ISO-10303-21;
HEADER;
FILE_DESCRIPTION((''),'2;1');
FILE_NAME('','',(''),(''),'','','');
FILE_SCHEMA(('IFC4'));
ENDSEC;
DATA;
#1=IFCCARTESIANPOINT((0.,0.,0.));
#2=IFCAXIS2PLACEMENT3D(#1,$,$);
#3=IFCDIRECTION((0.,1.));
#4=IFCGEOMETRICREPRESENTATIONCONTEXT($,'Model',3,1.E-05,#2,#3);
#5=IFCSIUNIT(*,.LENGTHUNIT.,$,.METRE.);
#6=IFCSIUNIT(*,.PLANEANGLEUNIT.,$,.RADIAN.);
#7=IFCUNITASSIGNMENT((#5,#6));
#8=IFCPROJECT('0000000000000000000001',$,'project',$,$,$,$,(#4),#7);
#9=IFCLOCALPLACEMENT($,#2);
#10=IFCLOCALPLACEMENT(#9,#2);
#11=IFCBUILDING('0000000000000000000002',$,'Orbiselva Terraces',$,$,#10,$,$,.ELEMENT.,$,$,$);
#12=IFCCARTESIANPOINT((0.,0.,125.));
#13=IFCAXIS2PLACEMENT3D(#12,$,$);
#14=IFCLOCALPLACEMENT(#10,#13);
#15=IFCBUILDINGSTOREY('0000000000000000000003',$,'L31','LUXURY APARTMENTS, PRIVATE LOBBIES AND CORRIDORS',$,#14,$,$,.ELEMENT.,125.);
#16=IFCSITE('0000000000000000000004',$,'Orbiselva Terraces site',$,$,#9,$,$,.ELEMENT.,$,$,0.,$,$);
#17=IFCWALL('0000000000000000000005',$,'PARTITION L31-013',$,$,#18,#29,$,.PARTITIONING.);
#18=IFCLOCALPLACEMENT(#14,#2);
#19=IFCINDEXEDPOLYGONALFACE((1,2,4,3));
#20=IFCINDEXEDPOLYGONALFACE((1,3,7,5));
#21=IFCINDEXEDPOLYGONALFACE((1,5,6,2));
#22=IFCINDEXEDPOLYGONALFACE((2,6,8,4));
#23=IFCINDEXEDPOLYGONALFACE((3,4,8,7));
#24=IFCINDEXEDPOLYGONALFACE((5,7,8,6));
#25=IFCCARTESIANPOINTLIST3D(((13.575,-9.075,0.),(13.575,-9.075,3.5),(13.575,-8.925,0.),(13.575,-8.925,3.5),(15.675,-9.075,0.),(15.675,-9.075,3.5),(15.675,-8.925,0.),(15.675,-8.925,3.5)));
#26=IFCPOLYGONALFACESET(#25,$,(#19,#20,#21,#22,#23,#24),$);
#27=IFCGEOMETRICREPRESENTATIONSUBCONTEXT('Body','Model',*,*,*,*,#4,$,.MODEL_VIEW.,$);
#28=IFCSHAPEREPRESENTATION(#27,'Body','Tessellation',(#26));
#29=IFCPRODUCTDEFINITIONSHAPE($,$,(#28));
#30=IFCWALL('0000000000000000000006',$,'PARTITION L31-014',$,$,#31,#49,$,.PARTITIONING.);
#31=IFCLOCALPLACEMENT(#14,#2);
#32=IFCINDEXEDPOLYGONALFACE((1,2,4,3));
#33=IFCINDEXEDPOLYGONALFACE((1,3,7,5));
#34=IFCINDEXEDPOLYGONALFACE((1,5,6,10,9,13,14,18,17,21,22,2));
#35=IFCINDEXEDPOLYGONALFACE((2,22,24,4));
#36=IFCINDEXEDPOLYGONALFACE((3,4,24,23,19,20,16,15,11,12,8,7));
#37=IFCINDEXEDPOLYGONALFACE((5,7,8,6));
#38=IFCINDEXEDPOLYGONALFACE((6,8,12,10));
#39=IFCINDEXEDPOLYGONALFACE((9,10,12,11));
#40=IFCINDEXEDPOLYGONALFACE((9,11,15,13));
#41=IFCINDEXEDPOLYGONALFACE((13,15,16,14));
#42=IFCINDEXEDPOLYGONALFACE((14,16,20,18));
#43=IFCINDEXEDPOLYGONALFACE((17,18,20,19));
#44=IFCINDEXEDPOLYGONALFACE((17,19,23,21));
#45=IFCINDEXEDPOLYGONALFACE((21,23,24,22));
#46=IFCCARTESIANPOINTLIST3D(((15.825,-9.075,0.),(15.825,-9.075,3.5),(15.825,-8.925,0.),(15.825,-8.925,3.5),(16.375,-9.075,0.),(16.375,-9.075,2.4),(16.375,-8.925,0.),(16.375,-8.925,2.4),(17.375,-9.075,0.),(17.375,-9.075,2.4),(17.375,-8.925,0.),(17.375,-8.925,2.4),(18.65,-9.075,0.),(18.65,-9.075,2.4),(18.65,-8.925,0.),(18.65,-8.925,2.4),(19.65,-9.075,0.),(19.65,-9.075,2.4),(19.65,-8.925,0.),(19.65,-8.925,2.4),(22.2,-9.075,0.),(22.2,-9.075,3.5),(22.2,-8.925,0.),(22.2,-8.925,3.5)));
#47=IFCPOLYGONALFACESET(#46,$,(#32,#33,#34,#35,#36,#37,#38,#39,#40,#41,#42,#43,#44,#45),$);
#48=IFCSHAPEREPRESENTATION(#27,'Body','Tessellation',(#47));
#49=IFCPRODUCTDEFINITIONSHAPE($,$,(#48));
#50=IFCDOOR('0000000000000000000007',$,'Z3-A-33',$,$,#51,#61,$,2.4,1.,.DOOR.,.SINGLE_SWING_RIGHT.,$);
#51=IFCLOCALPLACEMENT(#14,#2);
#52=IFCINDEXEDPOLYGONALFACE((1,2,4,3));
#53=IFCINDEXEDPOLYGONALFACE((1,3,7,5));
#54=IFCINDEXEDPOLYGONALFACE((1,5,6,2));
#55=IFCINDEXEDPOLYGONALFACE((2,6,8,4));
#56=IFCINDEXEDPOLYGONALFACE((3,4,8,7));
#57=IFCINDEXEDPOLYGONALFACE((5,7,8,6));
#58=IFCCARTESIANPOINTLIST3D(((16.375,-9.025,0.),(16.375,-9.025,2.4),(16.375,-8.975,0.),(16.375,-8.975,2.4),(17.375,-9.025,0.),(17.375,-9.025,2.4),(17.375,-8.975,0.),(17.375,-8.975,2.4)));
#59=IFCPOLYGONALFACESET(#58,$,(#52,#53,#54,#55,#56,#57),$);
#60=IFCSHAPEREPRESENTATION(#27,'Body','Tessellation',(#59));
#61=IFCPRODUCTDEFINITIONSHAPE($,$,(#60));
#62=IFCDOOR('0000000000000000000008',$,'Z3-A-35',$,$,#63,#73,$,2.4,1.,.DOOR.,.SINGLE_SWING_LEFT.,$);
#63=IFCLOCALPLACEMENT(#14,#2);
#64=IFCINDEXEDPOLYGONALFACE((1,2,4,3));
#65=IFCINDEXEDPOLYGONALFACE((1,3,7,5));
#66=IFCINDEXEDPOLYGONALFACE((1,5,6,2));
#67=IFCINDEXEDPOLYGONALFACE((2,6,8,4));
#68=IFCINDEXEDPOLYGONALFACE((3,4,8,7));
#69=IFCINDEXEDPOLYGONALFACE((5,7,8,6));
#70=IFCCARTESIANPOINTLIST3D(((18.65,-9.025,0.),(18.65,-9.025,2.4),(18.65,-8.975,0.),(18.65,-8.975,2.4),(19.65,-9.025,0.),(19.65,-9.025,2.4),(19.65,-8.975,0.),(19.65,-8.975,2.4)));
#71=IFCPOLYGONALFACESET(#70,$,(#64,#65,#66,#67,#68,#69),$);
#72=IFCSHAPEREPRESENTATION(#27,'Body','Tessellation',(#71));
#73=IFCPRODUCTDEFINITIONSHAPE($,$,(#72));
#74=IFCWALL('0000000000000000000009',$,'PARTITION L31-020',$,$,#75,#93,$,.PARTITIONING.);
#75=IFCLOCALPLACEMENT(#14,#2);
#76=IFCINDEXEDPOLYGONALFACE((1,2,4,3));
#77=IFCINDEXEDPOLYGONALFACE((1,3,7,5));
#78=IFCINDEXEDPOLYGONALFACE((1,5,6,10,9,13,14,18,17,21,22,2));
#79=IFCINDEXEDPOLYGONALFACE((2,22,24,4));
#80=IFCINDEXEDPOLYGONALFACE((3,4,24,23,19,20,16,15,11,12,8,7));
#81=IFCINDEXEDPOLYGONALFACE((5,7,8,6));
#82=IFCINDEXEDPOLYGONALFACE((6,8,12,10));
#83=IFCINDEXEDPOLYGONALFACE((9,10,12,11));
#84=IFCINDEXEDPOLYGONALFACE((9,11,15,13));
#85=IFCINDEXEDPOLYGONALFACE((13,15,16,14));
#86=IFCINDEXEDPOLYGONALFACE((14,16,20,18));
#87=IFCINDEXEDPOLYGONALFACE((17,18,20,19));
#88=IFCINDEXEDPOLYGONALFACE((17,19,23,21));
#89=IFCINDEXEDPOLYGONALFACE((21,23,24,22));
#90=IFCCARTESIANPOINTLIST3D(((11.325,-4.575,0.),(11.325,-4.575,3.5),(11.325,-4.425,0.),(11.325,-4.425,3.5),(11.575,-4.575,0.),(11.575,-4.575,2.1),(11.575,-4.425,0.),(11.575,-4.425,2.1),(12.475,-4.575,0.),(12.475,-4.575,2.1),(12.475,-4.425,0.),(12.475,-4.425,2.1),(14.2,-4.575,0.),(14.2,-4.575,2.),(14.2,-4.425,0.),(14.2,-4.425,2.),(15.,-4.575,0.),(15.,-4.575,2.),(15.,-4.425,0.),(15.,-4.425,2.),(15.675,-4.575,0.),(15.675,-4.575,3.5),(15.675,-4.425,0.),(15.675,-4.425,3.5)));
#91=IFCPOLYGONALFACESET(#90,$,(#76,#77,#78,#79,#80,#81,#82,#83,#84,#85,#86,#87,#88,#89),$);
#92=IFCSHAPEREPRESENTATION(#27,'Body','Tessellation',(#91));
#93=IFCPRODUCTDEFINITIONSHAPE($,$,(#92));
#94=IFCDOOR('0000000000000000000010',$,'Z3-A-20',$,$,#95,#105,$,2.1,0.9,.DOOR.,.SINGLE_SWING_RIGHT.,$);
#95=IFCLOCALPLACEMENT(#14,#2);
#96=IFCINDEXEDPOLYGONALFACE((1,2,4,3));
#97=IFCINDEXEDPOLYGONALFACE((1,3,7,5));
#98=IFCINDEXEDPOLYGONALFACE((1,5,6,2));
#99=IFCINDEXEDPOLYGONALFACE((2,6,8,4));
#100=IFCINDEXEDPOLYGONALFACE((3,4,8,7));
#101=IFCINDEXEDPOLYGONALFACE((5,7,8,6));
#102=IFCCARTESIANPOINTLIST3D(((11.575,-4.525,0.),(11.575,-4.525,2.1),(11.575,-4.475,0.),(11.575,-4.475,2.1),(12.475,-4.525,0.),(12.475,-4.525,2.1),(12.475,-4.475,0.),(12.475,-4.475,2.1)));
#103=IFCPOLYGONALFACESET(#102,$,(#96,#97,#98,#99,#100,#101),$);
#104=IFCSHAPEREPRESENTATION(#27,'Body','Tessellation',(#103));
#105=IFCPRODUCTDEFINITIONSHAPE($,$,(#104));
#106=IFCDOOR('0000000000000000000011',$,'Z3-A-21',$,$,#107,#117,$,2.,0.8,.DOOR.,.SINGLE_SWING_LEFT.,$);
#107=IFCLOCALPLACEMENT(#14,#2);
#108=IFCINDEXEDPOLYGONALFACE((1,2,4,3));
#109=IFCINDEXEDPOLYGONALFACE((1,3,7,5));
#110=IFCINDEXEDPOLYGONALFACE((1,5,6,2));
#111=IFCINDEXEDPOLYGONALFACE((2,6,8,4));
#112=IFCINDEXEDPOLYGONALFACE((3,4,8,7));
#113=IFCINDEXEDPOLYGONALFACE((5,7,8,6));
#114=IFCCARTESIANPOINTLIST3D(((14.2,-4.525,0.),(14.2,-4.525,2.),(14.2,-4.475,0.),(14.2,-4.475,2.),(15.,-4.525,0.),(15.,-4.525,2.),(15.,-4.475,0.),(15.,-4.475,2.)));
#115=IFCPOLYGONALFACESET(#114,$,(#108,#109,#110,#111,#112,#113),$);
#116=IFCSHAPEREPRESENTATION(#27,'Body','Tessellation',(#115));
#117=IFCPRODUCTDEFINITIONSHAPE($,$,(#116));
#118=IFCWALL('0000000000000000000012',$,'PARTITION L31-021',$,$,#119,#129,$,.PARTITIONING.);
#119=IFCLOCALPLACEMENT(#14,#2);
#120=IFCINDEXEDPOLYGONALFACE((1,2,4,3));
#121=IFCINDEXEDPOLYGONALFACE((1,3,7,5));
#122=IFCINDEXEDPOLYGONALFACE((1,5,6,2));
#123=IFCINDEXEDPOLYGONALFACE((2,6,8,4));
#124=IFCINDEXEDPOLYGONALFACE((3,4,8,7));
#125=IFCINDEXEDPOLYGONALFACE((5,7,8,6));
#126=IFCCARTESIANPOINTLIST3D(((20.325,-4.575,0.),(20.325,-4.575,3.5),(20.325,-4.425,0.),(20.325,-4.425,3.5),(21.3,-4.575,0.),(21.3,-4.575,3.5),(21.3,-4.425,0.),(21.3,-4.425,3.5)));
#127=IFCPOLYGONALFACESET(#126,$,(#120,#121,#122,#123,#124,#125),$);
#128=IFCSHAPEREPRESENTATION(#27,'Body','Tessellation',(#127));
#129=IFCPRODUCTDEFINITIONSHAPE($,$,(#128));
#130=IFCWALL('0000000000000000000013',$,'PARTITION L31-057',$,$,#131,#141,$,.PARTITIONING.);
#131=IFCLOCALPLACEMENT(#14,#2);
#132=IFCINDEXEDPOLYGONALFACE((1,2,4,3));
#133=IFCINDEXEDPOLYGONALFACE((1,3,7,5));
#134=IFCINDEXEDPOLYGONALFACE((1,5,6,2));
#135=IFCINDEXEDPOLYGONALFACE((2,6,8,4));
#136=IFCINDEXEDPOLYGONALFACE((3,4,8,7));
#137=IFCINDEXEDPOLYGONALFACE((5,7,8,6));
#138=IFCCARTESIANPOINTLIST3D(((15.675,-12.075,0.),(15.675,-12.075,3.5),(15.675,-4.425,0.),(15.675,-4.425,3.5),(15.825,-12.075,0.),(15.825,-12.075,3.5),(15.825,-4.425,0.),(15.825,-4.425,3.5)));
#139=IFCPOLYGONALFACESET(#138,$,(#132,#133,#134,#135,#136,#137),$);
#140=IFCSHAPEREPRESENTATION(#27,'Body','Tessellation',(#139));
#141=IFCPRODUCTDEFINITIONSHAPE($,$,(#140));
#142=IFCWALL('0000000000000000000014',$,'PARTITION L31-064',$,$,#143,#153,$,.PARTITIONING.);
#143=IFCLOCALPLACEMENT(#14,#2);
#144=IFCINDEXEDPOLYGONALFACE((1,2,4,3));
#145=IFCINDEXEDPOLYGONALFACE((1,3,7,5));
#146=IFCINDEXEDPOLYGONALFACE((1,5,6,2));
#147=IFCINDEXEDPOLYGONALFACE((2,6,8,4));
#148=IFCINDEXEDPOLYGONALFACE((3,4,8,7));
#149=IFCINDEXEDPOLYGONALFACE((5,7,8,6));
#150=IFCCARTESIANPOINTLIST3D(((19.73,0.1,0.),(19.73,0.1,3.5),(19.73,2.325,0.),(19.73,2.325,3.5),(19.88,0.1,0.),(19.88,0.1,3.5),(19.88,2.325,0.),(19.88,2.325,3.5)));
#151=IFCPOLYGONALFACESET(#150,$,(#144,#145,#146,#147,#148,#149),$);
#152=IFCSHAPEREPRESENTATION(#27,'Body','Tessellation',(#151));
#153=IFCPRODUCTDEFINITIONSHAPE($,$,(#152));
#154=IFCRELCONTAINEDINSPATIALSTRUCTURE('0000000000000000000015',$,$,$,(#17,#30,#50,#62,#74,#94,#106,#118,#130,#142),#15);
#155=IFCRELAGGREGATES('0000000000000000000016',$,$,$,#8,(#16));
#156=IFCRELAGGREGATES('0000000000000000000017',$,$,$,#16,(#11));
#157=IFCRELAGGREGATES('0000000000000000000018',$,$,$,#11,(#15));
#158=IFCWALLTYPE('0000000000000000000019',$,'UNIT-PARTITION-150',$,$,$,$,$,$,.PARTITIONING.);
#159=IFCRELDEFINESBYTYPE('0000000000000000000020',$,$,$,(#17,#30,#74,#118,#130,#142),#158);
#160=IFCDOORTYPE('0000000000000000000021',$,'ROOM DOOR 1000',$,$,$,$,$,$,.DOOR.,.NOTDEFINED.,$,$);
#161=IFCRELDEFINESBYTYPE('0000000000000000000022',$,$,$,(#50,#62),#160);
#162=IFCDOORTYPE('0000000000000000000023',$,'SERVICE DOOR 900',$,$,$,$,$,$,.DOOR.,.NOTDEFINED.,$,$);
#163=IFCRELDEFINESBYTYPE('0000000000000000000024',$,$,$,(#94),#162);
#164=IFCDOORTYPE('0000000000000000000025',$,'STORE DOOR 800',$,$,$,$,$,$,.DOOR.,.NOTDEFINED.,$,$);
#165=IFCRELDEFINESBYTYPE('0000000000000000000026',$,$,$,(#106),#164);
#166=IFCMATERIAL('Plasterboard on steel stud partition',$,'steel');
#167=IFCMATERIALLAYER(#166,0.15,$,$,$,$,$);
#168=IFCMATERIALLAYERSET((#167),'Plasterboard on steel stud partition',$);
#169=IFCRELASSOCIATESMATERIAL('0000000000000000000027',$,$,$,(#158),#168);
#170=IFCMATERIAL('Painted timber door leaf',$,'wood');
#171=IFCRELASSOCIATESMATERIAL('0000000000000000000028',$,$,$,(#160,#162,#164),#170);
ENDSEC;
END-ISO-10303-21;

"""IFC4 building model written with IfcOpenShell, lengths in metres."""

from ifc_helpers import new_model, si_unit, direction, frame, frame_2d, origin, place, context, subcontext, project, spatial, rectangle, extrude, material, layer, layer_set, type_object, element, fill, save


model = new_model("IFC4")

# Units and contexts
model_context = context("Model", 3, precision=1e-05, world=origin(), true_north=direction((0.0, 1.0)))
body_context = subcontext(model_context, "Body", "Model", "MODEL_VIEW")
ifc_project = project(units=[si_unit("LENGTHUNIT", "METRE"), si_unit("PLANEANGLEUNIT", "RADIAN")], contexts=[model_context])

# Site, building, storey
site_placement = place(None, origin())
site = spatial("IfcSite", under=ifc_project, at=site_placement, Name="Orbiselva Terraces site", CompositionType="ELEMENT", RefElevation=0.0)
building_placement = place(site_placement, origin())
building = spatial("IfcBuilding", under=site, at=building_placement, Name="Orbiselva Terraces", CompositionType="ELEMENT")
storey_placement = place(building_placement, frame((0.0, 0.0, 125.0)))
storey = spatial("IfcBuildingStorey", under=building, at=storey_placement, Name="L31", Description="LUXURY APARTMENTS, PRIVATE LOBBIES AND CORRIDORS", CompositionType="ELEMENT", Elevation=125.0)

# Shared definitions
ifc_material_1 = material(Name="Plasterboard on steel stud partition", Category="steel")
ifc_material_2 = material(Name="Painted timber door leaf", Category="wood")

# Shared definitions
ifc_layer_1 = layer(ifc_material_1, 0.15)
ifc_layer_set_1 = layer_set([ifc_layer_1], Name="Plasterboard on steel stud partition")
wall_type_1 = type_object("IfcWallType", Name="UNIT-PARTITION-150", PredefinedType="PARTITIONING", material=ifc_layer_set_1)

# Wall
for number, where, z_axis, x_axis, name in (
    (1, (13.575, -9.0, 0.0), (0.0, 0.0, 1.0), (1.0, 0.0, 0.0), "PARTITION L31-013"),
):
    element("IfcWall", number, at=place(storey_placement, frame(where, z_axis=z_axis, x_axis=x_axis)), inside=storey, type_object=wall_type_1, Name=name, PredefinedType="PARTITIONING", context=body_context, shape_type="SweptSolid", body=[
        extrude(rectangle(XDim=2.1, YDim=0.15, at=frame_2d((1.05, 0.0))), origin(), (0.0, 0.0, 1.0), 3.5),
    ])

# Walls, openings, doors
wall_1_placement = place(storey_placement, frame((22.2, -9.0, 0.0), z_axis=(0.0, 0.0, 1.0), x_axis=(-1.0, 0.0, 0.0)))
wall_1 = element("IfcWall", 2, at=wall_1_placement, inside=storey, type_object=wall_type_1, Name="PARTITION L31-014", PredefinedType="PARTITIONING", context=body_context, shape_type="SweptSolid", body=[
    extrude(rectangle(XDim=6.375, YDim=0.15, at=frame_2d((3.1875, 0.0))), origin(), (0.0, 0.0, 1.0), 3.5),
])
opening_1_placement = place(wall_1_placement, frame((4.825, 0.0, 0.0)))
opening_1 = element("IfcOpeningElement", 3, at=opening_1_placement, cuts=wall_1, PredefinedType="OPENING", context=body_context, shape_type="SweptSolid", body=[
    extrude(rectangle(XDim=1.0, YDim=2.4, at=frame_2d((0.5, 1.2))), frame((0.0, 0.085, 0.0), z_axis=(0.0, -1.0, 0.0), x_axis=(1.0, 0.0, 0.0)), (0.0, 0.0, 1.0), 0.17),
])
opening_2_placement = place(wall_1_placement, frame((2.55, 0.0, 0.0)))
opening_2 = element("IfcOpeningElement", 4, at=opening_2_placement, cuts=wall_1, PredefinedType="OPENING", context=body_context, shape_type="SweptSolid", body=[
    extrude(rectangle(XDim=1.0, YDim=2.4, at=frame_2d((0.5, 1.2))), frame((0.0, 0.085, 0.0), z_axis=(0.0, -1.0, 0.0), x_axis=(1.0, 0.0, 0.0)), (0.0, 0.0, 1.0), 0.17),
])
door_type_1 = type_object("IfcDoorType", Name="ROOM DOOR 1000", OperationType="NOTDEFINED", PredefinedType="DOOR", material=ifc_material_2)
door_1_placement = place(opening_1_placement, origin())
door_1 = element("IfcDoor", 5, at=door_1_placement, inside=storey, type_object=door_type_1, Name="Z3-A-33", OperationType="SINGLE_SWING_RIGHT", OverallHeight=2.4, OverallWidth=1.0, PredefinedType="DOOR", context=body_context, shape_type="SweptSolid", body=[
    extrude(rectangle(XDim=1.0, YDim=2.4, at=frame_2d((0.5, 1.2))), frame((0.0, 0.025, 0.0), z_axis=(0.0, -1.0, 0.0), x_axis=(1.0, 0.0, 0.0)), (0.0, 0.0, 1.0), 0.05),
])
fill(opening_1, door_1)
door_2_placement = place(opening_2_placement, origin())
door_2 = element("IfcDoor", 6, at=door_2_placement, inside=storey, type_object=door_type_1, Name="Z3-A-35", OperationType="SINGLE_SWING_LEFT", OverallHeight=2.4, OverallWidth=1.0, PredefinedType="DOOR", context=body_context, shape_type="SweptSolid", body=[
    extrude(rectangle(XDim=1.0, YDim=2.4, at=frame_2d((0.5, 1.2))), frame((0.0, 0.025, 0.0), z_axis=(0.0, -1.0, 0.0), x_axis=(1.0, 0.0, 0.0)), (0.0, 0.0, 1.0), 0.05),
])
fill(opening_2, door_2)
wall_2_placement = place(storey_placement, frame((15.675, -4.5, 0.0), z_axis=(0.0, 0.0, 1.0), x_axis=(-1.0, 0.0, 0.0)))
wall_2 = element("IfcWall", 7, at=wall_2_placement, inside=storey, type_object=wall_type_1, Name="PARTITION L31-020", PredefinedType="PARTITIONING", context=body_context, shape_type="SweptSolid", body=[
    extrude(rectangle(XDim=4.35, YDim=0.15, at=frame_2d((2.175, 0.0))), origin(), (0.0, 0.0, 1.0), 3.5),
])
opening_3_placement = place(wall_2_placement, frame((3.2, 0.0, 0.0)))
opening_3 = element("IfcOpeningElement", 8, at=opening_3_placement, cuts=wall_2, PredefinedType="OPENING", context=body_context, shape_type="SweptSolid", body=[
    extrude(rectangle(XDim=0.9, YDim=2.1, at=frame_2d((0.45, 1.05))), frame((0.0, 0.085, 0.0), z_axis=(0.0, -1.0, 0.0), x_axis=(1.0, 0.0, 0.0)), (0.0, 0.0, 1.0), 0.17),
])
opening_4_placement = place(wall_2_placement, frame((0.675, 0.0, 0.0)))
opening_4 = element("IfcOpeningElement", 9, at=opening_4_placement, cuts=wall_2, PredefinedType="OPENING", context=body_context, shape_type="SweptSolid", body=[
    extrude(rectangle(XDim=0.8, YDim=2.0, at=frame_2d((0.4, 1.0))), frame((0.0, 0.085, 0.0), z_axis=(0.0, -1.0, 0.0), x_axis=(1.0, 0.0, 0.0)), (0.0, 0.0, 1.0), 0.17),
])
door_type_2 = type_object("IfcDoorType", Name="SERVICE DOOR 900", OperationType="NOTDEFINED", PredefinedType="DOOR", material=ifc_material_2)
door_3_placement = place(opening_3_placement, origin())
door_3 = element("IfcDoor", 10, at=door_3_placement, inside=storey, type_object=door_type_2, Name="Z3-A-20", OperationType="SINGLE_SWING_RIGHT", OverallHeight=2.1, OverallWidth=0.9, PredefinedType="DOOR", context=body_context, shape_type="SweptSolid", body=[
    extrude(rectangle(XDim=0.9, YDim=2.1, at=frame_2d((0.45, 1.05))), frame((0.0, 0.025, 0.0), z_axis=(0.0, -1.0, 0.0), x_axis=(1.0, 0.0, 0.0)), (0.0, 0.0, 1.0), 0.05),
])
fill(opening_3, door_3)
door_type_3 = type_object("IfcDoorType", Name="STORE DOOR 800", OperationType="NOTDEFINED", PredefinedType="DOOR", material=ifc_material_2)
door_4_placement = place(opening_4_placement, origin())
door_4 = element("IfcDoor", 11, at=door_4_placement, inside=storey, type_object=door_type_3, Name="Z3-A-21", OperationType="SINGLE_SWING_LEFT", OverallHeight=2.0, OverallWidth=0.8, PredefinedType="DOOR", context=body_context, shape_type="SweptSolid", body=[
    extrude(rectangle(XDim=0.8, YDim=2.0, at=frame_2d((0.4, 1.0))), frame((0.0, 0.025, 0.0), z_axis=(0.0, -1.0, 0.0), x_axis=(1.0, 0.0, 0.0)), (0.0, 0.0, 1.0), 0.05),
])
fill(opening_4, door_4)

# Walls
wall_3_placement = place(storey_placement, frame((20.325, -4.5, 0.0), z_axis=(0.0, 0.0, 1.0), x_axis=(1.0, 0.0, 0.0)))
element("IfcWall", 12, at=wall_3_placement, inside=storey, type_object=wall_type_1, Name="PARTITION L31-021", PredefinedType="PARTITIONING", context=body_context, shape_type="SweptSolid", body=[
    extrude(rectangle(XDim=0.975, YDim=0.15, at=frame_2d((0.4875, 0.0))), origin(), (0.0, 0.0, 1.0), 3.5),
])
wall_4_placement = place(storey_placement, frame((15.75, -12.075, 0.0), z_axis=(0.0, 0.0, 1.0), x_axis=(0.0, 1.0, 0.0)))
element("IfcWall", 13, at=wall_4_placement, inside=storey, type_object=wall_type_1, Name="PARTITION L31-057", PredefinedType="PARTITIONING", context=body_context, shape_type="SweptSolid", body=[
    extrude(rectangle(XDim=7.65, YDim=0.15, at=frame_2d((3.825, 0.0))), origin(), (0.0, 0.0, 1.0), 3.5),
])
wall_5_placement = place(storey_placement, frame((19.805, 0.1, 0.0), z_axis=(0.0, 0.0, 1.0), x_axis=(0.0, 1.0, 0.0)))
element("IfcWall", 14, at=wall_5_placement, inside=storey, type_object=wall_type_1, Name="PARTITION L31-064", PredefinedType="PARTITIONING", context=body_context, shape_type="SweptSolid", body=[
    extrude(rectangle(XDim=2.225, YDim=0.15, at=frame_2d((1.1125, 0.0))), origin(), (0.0, 0.0, 1.0), 3.5),
])

save(model, "model.ifc")
